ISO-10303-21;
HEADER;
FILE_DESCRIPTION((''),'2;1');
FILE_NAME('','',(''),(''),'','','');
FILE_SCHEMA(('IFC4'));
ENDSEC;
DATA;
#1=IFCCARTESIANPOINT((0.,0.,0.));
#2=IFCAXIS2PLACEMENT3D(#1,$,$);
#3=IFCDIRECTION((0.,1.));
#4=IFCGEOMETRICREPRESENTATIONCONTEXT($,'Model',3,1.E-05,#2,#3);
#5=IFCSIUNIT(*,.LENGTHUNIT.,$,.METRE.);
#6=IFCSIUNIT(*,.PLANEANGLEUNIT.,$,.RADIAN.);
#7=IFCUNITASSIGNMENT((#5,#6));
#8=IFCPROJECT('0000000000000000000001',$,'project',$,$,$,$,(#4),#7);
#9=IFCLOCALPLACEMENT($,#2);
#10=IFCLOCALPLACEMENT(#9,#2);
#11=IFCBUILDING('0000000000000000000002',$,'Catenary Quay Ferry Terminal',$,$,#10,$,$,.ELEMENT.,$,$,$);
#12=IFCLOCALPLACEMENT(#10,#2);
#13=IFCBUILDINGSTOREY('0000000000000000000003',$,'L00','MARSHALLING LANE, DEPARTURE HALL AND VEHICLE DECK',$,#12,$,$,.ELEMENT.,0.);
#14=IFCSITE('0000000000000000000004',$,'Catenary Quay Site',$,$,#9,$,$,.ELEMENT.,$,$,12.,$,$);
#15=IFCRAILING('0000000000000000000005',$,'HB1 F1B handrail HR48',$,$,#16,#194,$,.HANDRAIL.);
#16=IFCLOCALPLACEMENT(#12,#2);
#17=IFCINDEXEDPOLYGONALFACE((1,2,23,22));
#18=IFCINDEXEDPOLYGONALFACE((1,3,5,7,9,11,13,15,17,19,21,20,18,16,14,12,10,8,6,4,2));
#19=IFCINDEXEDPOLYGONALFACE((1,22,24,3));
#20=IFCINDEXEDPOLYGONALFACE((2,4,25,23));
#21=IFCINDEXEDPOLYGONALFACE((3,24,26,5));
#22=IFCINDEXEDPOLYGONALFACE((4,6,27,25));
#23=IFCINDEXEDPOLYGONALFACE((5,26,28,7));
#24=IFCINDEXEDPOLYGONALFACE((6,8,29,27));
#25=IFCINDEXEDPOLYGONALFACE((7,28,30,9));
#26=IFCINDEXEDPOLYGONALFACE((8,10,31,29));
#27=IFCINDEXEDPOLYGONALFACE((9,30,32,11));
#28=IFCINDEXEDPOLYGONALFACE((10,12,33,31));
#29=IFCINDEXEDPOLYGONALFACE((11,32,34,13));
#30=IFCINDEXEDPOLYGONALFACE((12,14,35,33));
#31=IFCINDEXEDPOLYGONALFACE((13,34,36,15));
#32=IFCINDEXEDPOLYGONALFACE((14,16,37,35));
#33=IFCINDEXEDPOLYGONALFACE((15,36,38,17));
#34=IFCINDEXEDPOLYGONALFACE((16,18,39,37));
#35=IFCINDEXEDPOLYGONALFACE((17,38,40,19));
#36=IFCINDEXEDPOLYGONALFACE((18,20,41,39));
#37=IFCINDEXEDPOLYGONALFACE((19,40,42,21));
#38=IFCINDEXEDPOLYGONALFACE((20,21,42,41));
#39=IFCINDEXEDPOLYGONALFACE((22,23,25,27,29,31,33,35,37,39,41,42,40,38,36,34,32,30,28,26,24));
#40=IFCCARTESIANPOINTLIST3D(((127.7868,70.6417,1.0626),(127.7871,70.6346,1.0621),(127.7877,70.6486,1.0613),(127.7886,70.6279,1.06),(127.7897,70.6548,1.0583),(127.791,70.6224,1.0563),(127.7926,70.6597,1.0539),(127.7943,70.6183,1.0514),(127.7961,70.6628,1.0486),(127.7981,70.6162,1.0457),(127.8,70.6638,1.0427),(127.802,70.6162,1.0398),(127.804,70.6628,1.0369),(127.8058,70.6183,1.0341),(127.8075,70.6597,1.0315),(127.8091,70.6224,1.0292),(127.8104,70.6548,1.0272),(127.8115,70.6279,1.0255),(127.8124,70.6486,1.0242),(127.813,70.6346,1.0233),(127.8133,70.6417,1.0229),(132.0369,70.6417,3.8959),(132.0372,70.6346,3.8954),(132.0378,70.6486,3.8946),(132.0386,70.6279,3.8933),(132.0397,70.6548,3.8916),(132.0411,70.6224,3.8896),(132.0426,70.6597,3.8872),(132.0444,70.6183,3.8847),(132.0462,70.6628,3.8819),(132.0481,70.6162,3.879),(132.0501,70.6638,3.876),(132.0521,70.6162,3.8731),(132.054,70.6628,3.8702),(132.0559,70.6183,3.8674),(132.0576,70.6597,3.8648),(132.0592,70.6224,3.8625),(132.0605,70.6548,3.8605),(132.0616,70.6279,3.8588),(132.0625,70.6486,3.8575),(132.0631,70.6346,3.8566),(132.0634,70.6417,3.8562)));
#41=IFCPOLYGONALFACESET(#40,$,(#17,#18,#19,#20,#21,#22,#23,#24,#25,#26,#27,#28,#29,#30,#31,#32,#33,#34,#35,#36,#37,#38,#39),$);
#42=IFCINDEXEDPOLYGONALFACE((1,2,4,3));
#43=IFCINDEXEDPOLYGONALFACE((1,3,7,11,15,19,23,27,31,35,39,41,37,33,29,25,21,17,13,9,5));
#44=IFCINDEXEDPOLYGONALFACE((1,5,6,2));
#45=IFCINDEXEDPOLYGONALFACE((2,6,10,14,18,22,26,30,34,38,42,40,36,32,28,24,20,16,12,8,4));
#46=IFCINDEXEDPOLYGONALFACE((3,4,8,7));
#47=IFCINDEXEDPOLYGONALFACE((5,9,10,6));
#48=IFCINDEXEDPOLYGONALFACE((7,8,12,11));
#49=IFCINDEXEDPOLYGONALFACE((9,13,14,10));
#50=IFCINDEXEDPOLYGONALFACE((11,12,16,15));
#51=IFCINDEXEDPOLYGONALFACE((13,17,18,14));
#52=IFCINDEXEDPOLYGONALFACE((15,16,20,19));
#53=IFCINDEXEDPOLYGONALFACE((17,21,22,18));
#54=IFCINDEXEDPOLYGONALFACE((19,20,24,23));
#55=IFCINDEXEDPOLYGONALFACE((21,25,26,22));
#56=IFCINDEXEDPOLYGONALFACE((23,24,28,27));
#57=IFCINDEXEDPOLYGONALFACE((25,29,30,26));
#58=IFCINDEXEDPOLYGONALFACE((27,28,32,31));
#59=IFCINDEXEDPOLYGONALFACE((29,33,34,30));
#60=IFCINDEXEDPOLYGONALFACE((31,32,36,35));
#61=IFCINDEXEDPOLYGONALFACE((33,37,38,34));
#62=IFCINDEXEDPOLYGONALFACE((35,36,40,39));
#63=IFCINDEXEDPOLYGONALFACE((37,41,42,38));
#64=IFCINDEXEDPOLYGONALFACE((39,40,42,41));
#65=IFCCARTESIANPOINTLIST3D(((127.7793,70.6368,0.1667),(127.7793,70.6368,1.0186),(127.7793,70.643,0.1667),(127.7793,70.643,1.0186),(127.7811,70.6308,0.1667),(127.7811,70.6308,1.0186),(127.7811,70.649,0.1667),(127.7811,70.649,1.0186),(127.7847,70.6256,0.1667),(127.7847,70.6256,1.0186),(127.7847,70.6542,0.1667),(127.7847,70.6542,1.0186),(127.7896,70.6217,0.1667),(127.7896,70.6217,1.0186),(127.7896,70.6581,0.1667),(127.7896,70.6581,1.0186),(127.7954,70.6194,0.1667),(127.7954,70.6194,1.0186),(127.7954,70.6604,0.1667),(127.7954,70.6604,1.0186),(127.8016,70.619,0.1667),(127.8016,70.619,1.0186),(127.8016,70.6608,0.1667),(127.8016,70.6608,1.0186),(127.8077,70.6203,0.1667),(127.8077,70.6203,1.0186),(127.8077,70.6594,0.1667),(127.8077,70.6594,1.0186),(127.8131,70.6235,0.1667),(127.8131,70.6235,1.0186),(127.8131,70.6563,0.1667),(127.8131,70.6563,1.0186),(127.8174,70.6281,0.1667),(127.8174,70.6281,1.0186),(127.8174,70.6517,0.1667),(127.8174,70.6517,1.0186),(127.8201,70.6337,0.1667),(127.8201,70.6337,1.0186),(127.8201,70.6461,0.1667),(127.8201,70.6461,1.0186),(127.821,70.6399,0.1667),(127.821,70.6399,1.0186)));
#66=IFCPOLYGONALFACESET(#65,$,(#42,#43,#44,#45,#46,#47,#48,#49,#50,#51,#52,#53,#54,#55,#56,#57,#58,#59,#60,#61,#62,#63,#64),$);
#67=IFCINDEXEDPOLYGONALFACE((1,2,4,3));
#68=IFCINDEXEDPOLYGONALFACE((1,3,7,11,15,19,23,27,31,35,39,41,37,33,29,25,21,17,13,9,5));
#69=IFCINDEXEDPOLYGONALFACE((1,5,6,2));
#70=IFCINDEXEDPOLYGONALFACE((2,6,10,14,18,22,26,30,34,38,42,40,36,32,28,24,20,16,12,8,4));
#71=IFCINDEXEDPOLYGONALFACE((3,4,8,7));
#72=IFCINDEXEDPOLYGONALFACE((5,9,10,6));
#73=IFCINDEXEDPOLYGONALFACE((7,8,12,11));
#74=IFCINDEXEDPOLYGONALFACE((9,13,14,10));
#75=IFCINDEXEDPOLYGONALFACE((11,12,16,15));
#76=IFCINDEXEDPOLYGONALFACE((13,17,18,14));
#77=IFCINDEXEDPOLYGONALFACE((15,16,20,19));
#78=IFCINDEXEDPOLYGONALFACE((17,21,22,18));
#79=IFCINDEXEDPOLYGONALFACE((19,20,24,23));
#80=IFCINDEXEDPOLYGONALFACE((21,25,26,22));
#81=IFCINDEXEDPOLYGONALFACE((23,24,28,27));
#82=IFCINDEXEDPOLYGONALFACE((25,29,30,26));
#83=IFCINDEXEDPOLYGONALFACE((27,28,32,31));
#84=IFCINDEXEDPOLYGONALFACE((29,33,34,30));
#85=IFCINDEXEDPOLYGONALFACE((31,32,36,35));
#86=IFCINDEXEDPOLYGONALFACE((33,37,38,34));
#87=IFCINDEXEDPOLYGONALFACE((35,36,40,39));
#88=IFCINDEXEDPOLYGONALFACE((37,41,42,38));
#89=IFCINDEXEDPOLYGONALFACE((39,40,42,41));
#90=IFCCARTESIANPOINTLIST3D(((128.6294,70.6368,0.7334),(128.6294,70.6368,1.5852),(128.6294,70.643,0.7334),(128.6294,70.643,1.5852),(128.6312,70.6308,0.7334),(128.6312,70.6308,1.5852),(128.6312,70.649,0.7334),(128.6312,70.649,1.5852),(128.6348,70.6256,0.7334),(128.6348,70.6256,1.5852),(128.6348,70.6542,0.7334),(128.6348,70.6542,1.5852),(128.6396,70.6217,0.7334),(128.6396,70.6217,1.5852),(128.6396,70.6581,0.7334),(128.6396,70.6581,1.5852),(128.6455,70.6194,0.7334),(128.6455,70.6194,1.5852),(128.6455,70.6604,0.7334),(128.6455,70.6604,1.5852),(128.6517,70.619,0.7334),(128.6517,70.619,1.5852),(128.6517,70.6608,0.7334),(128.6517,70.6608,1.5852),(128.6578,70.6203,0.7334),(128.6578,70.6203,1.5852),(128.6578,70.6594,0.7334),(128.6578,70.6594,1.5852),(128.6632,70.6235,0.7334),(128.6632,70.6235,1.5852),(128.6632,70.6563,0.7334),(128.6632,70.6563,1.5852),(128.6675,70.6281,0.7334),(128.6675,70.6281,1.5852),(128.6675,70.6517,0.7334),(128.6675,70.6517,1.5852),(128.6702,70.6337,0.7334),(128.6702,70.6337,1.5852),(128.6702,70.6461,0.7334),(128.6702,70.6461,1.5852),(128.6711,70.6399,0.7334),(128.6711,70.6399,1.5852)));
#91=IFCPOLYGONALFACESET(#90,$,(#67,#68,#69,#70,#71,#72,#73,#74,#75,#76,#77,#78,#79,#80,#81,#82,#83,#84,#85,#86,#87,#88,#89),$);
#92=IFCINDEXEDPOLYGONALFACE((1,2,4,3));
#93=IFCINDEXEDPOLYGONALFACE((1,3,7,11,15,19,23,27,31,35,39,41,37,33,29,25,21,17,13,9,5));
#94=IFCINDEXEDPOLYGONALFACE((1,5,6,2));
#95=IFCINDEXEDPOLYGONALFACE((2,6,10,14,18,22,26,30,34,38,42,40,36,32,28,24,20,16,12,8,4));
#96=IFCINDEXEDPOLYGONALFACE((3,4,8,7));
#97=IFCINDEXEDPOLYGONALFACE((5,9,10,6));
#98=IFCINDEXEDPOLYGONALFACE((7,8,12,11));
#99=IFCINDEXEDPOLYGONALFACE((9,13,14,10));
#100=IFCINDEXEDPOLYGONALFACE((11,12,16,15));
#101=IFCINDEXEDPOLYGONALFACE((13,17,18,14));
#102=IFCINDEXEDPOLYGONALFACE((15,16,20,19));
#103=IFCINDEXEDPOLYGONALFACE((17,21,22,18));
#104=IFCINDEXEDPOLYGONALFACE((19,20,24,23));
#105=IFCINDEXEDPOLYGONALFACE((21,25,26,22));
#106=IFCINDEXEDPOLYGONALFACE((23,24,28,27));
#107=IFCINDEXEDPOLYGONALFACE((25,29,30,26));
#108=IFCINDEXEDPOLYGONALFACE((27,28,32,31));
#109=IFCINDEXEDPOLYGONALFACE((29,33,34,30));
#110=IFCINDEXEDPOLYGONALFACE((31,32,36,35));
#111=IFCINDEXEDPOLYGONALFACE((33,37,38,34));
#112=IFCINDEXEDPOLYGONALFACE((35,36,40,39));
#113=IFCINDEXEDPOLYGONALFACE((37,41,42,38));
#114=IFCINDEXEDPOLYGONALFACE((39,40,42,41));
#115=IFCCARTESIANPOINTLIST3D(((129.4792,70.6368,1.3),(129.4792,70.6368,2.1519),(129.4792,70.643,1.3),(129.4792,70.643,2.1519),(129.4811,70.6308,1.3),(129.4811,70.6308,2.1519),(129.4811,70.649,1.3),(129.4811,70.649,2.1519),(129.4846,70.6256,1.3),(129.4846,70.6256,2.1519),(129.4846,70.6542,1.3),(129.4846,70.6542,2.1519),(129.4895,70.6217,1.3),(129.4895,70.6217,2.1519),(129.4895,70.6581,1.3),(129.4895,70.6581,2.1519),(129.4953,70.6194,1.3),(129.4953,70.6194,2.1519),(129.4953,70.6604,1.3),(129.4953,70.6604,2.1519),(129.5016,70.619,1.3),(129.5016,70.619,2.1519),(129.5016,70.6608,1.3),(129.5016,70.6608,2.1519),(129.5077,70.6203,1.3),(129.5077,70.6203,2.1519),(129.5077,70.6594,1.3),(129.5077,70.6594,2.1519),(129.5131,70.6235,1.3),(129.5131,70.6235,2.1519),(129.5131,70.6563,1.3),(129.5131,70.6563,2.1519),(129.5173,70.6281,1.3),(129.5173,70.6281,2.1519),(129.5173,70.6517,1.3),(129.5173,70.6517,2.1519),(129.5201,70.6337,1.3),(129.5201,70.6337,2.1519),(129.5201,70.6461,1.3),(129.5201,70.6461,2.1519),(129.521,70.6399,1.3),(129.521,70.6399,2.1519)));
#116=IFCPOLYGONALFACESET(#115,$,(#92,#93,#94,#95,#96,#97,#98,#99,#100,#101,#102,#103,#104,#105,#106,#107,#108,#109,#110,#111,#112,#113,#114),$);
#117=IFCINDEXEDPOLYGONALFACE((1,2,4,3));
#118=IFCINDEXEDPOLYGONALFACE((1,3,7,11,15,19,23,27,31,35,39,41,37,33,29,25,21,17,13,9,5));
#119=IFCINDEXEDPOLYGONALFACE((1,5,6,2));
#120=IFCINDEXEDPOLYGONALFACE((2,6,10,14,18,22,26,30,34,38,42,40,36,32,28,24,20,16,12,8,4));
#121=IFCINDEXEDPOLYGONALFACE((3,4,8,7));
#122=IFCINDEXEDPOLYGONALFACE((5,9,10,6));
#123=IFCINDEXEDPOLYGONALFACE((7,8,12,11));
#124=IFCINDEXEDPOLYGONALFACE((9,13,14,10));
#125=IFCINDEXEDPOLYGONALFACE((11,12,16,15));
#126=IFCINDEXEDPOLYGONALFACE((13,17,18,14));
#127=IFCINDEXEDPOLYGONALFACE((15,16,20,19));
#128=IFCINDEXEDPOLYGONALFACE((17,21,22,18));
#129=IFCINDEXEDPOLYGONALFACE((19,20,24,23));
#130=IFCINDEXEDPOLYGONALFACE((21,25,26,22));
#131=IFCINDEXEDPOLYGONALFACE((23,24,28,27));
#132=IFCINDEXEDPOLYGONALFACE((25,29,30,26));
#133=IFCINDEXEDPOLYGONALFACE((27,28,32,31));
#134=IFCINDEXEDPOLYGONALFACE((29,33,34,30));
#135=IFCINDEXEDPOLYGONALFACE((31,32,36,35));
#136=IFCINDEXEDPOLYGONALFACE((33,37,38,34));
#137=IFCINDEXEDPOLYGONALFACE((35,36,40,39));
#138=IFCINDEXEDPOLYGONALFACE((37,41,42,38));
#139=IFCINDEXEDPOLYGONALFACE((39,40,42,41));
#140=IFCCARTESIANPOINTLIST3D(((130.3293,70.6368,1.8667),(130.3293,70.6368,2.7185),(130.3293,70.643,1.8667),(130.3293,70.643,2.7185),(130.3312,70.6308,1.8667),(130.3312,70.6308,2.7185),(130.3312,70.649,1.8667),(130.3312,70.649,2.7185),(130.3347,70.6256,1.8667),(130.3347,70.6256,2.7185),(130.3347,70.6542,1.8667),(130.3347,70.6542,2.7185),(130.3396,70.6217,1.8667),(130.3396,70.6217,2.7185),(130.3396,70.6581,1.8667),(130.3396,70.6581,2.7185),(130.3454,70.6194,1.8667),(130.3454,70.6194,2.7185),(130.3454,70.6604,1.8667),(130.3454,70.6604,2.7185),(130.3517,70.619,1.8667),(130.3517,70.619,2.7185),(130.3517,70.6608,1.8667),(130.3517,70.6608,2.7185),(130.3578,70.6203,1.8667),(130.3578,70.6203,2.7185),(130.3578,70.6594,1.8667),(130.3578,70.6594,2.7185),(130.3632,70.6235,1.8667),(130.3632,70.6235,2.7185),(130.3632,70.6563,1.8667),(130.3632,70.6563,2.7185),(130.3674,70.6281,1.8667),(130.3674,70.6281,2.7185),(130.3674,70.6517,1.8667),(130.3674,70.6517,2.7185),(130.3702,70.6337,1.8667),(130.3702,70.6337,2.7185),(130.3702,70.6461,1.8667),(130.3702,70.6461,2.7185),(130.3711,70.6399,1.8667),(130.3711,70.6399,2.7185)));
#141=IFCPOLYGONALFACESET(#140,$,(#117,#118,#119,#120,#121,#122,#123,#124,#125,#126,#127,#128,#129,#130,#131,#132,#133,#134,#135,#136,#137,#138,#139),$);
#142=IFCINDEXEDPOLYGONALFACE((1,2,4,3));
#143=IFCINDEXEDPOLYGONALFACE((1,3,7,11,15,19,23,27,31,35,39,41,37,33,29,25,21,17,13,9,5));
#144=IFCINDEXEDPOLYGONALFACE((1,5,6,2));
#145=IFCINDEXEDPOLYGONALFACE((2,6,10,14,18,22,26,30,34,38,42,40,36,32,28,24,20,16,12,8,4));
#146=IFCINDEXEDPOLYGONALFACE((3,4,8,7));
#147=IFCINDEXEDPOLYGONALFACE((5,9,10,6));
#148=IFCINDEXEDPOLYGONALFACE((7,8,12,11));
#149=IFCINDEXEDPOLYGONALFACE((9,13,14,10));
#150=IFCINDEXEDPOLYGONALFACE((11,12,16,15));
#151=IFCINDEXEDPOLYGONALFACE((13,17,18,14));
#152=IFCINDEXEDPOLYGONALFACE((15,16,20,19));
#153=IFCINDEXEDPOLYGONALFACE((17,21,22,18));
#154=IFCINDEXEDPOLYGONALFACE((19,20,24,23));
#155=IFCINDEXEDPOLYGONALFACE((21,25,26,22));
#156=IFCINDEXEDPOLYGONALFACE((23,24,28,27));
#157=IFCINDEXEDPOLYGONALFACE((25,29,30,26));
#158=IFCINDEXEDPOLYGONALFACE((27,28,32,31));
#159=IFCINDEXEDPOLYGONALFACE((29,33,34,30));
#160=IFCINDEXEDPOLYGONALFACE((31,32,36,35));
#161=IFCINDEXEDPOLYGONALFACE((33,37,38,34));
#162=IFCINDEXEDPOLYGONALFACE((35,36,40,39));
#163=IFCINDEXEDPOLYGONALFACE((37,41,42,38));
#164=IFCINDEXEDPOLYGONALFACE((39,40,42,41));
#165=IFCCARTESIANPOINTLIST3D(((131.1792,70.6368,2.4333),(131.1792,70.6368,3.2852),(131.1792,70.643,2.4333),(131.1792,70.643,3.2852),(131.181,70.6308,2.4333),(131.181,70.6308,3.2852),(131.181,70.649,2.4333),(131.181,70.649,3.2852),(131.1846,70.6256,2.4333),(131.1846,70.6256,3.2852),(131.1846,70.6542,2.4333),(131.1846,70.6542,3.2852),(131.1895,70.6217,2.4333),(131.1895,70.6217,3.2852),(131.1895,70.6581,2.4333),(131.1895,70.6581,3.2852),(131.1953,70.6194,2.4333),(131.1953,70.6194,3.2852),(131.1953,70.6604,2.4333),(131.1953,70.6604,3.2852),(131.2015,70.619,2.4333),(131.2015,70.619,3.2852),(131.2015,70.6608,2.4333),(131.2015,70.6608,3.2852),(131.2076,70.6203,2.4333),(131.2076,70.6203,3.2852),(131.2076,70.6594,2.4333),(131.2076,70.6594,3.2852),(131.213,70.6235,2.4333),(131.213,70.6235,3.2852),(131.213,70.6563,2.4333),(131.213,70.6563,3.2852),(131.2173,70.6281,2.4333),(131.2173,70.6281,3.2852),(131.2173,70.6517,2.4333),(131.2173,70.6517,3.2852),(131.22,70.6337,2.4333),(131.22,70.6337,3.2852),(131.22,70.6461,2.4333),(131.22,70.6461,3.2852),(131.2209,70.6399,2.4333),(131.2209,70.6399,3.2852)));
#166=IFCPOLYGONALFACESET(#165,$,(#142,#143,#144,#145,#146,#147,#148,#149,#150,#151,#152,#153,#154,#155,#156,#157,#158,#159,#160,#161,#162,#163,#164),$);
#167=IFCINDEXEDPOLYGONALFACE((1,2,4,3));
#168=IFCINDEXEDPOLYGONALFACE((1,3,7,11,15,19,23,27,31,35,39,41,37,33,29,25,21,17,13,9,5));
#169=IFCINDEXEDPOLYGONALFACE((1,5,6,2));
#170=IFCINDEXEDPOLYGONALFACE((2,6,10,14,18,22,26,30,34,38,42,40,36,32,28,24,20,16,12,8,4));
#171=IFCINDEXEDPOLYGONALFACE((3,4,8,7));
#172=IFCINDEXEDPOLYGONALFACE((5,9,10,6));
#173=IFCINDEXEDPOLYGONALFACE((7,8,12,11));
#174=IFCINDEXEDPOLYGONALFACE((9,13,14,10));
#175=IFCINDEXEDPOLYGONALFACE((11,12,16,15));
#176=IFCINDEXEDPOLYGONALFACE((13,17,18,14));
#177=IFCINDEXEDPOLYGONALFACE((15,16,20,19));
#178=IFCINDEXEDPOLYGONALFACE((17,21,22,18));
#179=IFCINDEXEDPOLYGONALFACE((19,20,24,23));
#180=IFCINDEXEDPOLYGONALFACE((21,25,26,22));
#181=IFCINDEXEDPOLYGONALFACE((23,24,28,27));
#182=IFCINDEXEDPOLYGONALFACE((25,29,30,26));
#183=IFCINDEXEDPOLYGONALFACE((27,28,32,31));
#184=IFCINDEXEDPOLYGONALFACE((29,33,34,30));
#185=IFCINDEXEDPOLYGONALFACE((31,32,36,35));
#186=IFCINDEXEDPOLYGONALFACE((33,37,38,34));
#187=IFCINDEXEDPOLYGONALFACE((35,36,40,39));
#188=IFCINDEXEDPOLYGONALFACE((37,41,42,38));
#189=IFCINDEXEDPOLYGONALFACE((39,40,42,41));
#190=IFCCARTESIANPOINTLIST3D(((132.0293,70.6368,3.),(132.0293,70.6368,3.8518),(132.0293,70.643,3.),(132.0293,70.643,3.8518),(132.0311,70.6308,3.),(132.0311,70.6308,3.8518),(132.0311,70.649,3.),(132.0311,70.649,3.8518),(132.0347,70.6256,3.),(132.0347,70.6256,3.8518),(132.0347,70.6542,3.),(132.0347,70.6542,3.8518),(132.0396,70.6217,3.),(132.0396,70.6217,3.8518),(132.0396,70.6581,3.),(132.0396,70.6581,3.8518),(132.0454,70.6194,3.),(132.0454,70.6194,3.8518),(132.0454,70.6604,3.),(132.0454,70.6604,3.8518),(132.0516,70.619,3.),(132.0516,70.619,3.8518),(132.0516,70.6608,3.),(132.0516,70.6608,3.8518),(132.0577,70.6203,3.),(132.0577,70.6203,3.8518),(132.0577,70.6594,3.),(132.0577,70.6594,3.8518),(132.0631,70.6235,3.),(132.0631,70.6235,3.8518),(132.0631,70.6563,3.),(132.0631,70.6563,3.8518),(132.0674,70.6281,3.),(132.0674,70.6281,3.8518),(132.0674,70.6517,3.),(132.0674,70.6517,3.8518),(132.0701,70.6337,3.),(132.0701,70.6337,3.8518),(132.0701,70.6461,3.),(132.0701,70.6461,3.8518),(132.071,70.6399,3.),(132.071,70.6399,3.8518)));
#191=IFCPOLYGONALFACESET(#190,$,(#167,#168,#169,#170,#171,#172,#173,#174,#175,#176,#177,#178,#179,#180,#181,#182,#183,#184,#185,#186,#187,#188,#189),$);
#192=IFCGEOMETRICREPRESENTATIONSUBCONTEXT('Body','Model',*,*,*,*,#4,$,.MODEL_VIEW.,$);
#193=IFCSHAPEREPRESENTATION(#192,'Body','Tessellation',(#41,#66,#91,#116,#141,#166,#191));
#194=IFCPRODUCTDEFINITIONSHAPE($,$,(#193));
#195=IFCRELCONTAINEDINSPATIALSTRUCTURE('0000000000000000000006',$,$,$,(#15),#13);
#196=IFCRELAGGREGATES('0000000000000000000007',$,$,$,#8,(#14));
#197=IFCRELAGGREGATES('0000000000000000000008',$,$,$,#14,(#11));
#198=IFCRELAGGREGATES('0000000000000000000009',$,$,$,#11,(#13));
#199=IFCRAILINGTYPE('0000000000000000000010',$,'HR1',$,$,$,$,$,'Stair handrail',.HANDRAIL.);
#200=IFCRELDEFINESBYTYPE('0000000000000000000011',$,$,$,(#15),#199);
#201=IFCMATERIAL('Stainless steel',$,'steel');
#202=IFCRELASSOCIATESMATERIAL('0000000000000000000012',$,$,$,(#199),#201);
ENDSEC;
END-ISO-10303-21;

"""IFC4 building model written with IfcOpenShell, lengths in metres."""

from ifc_helpers import new_model, si_unit, direction, frame, origin, origin_2d, place, context, subcontext, project, spatial, circle, extrude, material, type_object, element, save


model = new_model("IFC4")

# Units and contexts
model_context = context("Model", 3, precision=1e-05, world=origin(), true_north=direction((0.0, 1.0)))
body_context = subcontext(model_context, "Body", "Model", "MODEL_VIEW")
ifc_project = project(units=[si_unit("LENGTHUNIT", "METRE"), si_unit("PLANEANGLEUNIT", "RADIAN")], contexts=[model_context])

# Site, building, storey
site_placement = place(None, origin())
site = spatial("IfcSite", under=ifc_project, at=site_placement, Name="Catenary Quay Site", CompositionType="ELEMENT", RefElevation=12.0)
building_placement = place(site_placement, origin())
building = spatial("IfcBuilding", under=site, at=building_placement, Name="Catenary Quay Ferry Terminal", CompositionType="ELEMENT")
storey_placement = place(building_placement, origin())
storey = spatial("IfcBuildingStorey", under=building, at=storey_placement, Name="L00", Description="MARSHALLING LANE, DEPARTURE HALL AND VEHICLE DECK", CompositionType="ELEMENT", Elevation=0.0)

# Railing
ifc_material_1 = material(Name="Stainless steel", Category="steel")
railing_type_1 = type_object("IfcRailingType", Name="HR1", ElementType="Stair handrail", PredefinedType="HANDRAIL", material=ifc_material_1)
for number, where, name in (
    (1, (127.8, 70.6399, 0.1667), "HB1 F1B handrail HR48"),
):
    element("IfcRailing", number, at=place(storey_placement, frame(where)), inside=storey, type_object=railing_type_1, Name=name, PredefinedType="HANDRAIL", context=body_context, shape_type="SweptSolid", body=[
        extrude(circle(Radius=0.0239, at=origin_2d()), frame((0.0, 0.0, 0.876), z_axis=(0.832058, 0.0, 0.554689), x_axis=(0.0, 1.0, 0.0)), (0.0, 0.0, 1.0), 5.1079),
        extrude(circle(Radius=0.021, at=origin_2d()), origin(), (0.0, 0.0, 1.0), 0.8518),
        extrude(circle(Radius=0.021, at=origin_2d()), frame((0.8501, 0.0, 0.5667)), (0.0, 0.0, 1.0), 0.8518),
        extrude(circle(Radius=0.021, at=origin_2d()), frame((1.7, 0.0, 1.1333)), (0.0, 0.0, 1.0), 0.8518),
        extrude(circle(Radius=0.021, at=origin_2d()), frame((2.55, 0.0, 1.7)), (0.0, 0.0, 1.0), 0.8518),
        extrude(circle(Radius=0.021, at=origin_2d()), frame((3.3999, 0.0, 2.2666)), (0.0, 0.0, 1.0), 0.8518),
        extrude(circle(Radius=0.021, at=origin_2d()), frame((4.25, 0.0, 2.8333)), (0.0, 0.0, 1.0), 0.8518),
    ])

save(model, "model.ifc")
